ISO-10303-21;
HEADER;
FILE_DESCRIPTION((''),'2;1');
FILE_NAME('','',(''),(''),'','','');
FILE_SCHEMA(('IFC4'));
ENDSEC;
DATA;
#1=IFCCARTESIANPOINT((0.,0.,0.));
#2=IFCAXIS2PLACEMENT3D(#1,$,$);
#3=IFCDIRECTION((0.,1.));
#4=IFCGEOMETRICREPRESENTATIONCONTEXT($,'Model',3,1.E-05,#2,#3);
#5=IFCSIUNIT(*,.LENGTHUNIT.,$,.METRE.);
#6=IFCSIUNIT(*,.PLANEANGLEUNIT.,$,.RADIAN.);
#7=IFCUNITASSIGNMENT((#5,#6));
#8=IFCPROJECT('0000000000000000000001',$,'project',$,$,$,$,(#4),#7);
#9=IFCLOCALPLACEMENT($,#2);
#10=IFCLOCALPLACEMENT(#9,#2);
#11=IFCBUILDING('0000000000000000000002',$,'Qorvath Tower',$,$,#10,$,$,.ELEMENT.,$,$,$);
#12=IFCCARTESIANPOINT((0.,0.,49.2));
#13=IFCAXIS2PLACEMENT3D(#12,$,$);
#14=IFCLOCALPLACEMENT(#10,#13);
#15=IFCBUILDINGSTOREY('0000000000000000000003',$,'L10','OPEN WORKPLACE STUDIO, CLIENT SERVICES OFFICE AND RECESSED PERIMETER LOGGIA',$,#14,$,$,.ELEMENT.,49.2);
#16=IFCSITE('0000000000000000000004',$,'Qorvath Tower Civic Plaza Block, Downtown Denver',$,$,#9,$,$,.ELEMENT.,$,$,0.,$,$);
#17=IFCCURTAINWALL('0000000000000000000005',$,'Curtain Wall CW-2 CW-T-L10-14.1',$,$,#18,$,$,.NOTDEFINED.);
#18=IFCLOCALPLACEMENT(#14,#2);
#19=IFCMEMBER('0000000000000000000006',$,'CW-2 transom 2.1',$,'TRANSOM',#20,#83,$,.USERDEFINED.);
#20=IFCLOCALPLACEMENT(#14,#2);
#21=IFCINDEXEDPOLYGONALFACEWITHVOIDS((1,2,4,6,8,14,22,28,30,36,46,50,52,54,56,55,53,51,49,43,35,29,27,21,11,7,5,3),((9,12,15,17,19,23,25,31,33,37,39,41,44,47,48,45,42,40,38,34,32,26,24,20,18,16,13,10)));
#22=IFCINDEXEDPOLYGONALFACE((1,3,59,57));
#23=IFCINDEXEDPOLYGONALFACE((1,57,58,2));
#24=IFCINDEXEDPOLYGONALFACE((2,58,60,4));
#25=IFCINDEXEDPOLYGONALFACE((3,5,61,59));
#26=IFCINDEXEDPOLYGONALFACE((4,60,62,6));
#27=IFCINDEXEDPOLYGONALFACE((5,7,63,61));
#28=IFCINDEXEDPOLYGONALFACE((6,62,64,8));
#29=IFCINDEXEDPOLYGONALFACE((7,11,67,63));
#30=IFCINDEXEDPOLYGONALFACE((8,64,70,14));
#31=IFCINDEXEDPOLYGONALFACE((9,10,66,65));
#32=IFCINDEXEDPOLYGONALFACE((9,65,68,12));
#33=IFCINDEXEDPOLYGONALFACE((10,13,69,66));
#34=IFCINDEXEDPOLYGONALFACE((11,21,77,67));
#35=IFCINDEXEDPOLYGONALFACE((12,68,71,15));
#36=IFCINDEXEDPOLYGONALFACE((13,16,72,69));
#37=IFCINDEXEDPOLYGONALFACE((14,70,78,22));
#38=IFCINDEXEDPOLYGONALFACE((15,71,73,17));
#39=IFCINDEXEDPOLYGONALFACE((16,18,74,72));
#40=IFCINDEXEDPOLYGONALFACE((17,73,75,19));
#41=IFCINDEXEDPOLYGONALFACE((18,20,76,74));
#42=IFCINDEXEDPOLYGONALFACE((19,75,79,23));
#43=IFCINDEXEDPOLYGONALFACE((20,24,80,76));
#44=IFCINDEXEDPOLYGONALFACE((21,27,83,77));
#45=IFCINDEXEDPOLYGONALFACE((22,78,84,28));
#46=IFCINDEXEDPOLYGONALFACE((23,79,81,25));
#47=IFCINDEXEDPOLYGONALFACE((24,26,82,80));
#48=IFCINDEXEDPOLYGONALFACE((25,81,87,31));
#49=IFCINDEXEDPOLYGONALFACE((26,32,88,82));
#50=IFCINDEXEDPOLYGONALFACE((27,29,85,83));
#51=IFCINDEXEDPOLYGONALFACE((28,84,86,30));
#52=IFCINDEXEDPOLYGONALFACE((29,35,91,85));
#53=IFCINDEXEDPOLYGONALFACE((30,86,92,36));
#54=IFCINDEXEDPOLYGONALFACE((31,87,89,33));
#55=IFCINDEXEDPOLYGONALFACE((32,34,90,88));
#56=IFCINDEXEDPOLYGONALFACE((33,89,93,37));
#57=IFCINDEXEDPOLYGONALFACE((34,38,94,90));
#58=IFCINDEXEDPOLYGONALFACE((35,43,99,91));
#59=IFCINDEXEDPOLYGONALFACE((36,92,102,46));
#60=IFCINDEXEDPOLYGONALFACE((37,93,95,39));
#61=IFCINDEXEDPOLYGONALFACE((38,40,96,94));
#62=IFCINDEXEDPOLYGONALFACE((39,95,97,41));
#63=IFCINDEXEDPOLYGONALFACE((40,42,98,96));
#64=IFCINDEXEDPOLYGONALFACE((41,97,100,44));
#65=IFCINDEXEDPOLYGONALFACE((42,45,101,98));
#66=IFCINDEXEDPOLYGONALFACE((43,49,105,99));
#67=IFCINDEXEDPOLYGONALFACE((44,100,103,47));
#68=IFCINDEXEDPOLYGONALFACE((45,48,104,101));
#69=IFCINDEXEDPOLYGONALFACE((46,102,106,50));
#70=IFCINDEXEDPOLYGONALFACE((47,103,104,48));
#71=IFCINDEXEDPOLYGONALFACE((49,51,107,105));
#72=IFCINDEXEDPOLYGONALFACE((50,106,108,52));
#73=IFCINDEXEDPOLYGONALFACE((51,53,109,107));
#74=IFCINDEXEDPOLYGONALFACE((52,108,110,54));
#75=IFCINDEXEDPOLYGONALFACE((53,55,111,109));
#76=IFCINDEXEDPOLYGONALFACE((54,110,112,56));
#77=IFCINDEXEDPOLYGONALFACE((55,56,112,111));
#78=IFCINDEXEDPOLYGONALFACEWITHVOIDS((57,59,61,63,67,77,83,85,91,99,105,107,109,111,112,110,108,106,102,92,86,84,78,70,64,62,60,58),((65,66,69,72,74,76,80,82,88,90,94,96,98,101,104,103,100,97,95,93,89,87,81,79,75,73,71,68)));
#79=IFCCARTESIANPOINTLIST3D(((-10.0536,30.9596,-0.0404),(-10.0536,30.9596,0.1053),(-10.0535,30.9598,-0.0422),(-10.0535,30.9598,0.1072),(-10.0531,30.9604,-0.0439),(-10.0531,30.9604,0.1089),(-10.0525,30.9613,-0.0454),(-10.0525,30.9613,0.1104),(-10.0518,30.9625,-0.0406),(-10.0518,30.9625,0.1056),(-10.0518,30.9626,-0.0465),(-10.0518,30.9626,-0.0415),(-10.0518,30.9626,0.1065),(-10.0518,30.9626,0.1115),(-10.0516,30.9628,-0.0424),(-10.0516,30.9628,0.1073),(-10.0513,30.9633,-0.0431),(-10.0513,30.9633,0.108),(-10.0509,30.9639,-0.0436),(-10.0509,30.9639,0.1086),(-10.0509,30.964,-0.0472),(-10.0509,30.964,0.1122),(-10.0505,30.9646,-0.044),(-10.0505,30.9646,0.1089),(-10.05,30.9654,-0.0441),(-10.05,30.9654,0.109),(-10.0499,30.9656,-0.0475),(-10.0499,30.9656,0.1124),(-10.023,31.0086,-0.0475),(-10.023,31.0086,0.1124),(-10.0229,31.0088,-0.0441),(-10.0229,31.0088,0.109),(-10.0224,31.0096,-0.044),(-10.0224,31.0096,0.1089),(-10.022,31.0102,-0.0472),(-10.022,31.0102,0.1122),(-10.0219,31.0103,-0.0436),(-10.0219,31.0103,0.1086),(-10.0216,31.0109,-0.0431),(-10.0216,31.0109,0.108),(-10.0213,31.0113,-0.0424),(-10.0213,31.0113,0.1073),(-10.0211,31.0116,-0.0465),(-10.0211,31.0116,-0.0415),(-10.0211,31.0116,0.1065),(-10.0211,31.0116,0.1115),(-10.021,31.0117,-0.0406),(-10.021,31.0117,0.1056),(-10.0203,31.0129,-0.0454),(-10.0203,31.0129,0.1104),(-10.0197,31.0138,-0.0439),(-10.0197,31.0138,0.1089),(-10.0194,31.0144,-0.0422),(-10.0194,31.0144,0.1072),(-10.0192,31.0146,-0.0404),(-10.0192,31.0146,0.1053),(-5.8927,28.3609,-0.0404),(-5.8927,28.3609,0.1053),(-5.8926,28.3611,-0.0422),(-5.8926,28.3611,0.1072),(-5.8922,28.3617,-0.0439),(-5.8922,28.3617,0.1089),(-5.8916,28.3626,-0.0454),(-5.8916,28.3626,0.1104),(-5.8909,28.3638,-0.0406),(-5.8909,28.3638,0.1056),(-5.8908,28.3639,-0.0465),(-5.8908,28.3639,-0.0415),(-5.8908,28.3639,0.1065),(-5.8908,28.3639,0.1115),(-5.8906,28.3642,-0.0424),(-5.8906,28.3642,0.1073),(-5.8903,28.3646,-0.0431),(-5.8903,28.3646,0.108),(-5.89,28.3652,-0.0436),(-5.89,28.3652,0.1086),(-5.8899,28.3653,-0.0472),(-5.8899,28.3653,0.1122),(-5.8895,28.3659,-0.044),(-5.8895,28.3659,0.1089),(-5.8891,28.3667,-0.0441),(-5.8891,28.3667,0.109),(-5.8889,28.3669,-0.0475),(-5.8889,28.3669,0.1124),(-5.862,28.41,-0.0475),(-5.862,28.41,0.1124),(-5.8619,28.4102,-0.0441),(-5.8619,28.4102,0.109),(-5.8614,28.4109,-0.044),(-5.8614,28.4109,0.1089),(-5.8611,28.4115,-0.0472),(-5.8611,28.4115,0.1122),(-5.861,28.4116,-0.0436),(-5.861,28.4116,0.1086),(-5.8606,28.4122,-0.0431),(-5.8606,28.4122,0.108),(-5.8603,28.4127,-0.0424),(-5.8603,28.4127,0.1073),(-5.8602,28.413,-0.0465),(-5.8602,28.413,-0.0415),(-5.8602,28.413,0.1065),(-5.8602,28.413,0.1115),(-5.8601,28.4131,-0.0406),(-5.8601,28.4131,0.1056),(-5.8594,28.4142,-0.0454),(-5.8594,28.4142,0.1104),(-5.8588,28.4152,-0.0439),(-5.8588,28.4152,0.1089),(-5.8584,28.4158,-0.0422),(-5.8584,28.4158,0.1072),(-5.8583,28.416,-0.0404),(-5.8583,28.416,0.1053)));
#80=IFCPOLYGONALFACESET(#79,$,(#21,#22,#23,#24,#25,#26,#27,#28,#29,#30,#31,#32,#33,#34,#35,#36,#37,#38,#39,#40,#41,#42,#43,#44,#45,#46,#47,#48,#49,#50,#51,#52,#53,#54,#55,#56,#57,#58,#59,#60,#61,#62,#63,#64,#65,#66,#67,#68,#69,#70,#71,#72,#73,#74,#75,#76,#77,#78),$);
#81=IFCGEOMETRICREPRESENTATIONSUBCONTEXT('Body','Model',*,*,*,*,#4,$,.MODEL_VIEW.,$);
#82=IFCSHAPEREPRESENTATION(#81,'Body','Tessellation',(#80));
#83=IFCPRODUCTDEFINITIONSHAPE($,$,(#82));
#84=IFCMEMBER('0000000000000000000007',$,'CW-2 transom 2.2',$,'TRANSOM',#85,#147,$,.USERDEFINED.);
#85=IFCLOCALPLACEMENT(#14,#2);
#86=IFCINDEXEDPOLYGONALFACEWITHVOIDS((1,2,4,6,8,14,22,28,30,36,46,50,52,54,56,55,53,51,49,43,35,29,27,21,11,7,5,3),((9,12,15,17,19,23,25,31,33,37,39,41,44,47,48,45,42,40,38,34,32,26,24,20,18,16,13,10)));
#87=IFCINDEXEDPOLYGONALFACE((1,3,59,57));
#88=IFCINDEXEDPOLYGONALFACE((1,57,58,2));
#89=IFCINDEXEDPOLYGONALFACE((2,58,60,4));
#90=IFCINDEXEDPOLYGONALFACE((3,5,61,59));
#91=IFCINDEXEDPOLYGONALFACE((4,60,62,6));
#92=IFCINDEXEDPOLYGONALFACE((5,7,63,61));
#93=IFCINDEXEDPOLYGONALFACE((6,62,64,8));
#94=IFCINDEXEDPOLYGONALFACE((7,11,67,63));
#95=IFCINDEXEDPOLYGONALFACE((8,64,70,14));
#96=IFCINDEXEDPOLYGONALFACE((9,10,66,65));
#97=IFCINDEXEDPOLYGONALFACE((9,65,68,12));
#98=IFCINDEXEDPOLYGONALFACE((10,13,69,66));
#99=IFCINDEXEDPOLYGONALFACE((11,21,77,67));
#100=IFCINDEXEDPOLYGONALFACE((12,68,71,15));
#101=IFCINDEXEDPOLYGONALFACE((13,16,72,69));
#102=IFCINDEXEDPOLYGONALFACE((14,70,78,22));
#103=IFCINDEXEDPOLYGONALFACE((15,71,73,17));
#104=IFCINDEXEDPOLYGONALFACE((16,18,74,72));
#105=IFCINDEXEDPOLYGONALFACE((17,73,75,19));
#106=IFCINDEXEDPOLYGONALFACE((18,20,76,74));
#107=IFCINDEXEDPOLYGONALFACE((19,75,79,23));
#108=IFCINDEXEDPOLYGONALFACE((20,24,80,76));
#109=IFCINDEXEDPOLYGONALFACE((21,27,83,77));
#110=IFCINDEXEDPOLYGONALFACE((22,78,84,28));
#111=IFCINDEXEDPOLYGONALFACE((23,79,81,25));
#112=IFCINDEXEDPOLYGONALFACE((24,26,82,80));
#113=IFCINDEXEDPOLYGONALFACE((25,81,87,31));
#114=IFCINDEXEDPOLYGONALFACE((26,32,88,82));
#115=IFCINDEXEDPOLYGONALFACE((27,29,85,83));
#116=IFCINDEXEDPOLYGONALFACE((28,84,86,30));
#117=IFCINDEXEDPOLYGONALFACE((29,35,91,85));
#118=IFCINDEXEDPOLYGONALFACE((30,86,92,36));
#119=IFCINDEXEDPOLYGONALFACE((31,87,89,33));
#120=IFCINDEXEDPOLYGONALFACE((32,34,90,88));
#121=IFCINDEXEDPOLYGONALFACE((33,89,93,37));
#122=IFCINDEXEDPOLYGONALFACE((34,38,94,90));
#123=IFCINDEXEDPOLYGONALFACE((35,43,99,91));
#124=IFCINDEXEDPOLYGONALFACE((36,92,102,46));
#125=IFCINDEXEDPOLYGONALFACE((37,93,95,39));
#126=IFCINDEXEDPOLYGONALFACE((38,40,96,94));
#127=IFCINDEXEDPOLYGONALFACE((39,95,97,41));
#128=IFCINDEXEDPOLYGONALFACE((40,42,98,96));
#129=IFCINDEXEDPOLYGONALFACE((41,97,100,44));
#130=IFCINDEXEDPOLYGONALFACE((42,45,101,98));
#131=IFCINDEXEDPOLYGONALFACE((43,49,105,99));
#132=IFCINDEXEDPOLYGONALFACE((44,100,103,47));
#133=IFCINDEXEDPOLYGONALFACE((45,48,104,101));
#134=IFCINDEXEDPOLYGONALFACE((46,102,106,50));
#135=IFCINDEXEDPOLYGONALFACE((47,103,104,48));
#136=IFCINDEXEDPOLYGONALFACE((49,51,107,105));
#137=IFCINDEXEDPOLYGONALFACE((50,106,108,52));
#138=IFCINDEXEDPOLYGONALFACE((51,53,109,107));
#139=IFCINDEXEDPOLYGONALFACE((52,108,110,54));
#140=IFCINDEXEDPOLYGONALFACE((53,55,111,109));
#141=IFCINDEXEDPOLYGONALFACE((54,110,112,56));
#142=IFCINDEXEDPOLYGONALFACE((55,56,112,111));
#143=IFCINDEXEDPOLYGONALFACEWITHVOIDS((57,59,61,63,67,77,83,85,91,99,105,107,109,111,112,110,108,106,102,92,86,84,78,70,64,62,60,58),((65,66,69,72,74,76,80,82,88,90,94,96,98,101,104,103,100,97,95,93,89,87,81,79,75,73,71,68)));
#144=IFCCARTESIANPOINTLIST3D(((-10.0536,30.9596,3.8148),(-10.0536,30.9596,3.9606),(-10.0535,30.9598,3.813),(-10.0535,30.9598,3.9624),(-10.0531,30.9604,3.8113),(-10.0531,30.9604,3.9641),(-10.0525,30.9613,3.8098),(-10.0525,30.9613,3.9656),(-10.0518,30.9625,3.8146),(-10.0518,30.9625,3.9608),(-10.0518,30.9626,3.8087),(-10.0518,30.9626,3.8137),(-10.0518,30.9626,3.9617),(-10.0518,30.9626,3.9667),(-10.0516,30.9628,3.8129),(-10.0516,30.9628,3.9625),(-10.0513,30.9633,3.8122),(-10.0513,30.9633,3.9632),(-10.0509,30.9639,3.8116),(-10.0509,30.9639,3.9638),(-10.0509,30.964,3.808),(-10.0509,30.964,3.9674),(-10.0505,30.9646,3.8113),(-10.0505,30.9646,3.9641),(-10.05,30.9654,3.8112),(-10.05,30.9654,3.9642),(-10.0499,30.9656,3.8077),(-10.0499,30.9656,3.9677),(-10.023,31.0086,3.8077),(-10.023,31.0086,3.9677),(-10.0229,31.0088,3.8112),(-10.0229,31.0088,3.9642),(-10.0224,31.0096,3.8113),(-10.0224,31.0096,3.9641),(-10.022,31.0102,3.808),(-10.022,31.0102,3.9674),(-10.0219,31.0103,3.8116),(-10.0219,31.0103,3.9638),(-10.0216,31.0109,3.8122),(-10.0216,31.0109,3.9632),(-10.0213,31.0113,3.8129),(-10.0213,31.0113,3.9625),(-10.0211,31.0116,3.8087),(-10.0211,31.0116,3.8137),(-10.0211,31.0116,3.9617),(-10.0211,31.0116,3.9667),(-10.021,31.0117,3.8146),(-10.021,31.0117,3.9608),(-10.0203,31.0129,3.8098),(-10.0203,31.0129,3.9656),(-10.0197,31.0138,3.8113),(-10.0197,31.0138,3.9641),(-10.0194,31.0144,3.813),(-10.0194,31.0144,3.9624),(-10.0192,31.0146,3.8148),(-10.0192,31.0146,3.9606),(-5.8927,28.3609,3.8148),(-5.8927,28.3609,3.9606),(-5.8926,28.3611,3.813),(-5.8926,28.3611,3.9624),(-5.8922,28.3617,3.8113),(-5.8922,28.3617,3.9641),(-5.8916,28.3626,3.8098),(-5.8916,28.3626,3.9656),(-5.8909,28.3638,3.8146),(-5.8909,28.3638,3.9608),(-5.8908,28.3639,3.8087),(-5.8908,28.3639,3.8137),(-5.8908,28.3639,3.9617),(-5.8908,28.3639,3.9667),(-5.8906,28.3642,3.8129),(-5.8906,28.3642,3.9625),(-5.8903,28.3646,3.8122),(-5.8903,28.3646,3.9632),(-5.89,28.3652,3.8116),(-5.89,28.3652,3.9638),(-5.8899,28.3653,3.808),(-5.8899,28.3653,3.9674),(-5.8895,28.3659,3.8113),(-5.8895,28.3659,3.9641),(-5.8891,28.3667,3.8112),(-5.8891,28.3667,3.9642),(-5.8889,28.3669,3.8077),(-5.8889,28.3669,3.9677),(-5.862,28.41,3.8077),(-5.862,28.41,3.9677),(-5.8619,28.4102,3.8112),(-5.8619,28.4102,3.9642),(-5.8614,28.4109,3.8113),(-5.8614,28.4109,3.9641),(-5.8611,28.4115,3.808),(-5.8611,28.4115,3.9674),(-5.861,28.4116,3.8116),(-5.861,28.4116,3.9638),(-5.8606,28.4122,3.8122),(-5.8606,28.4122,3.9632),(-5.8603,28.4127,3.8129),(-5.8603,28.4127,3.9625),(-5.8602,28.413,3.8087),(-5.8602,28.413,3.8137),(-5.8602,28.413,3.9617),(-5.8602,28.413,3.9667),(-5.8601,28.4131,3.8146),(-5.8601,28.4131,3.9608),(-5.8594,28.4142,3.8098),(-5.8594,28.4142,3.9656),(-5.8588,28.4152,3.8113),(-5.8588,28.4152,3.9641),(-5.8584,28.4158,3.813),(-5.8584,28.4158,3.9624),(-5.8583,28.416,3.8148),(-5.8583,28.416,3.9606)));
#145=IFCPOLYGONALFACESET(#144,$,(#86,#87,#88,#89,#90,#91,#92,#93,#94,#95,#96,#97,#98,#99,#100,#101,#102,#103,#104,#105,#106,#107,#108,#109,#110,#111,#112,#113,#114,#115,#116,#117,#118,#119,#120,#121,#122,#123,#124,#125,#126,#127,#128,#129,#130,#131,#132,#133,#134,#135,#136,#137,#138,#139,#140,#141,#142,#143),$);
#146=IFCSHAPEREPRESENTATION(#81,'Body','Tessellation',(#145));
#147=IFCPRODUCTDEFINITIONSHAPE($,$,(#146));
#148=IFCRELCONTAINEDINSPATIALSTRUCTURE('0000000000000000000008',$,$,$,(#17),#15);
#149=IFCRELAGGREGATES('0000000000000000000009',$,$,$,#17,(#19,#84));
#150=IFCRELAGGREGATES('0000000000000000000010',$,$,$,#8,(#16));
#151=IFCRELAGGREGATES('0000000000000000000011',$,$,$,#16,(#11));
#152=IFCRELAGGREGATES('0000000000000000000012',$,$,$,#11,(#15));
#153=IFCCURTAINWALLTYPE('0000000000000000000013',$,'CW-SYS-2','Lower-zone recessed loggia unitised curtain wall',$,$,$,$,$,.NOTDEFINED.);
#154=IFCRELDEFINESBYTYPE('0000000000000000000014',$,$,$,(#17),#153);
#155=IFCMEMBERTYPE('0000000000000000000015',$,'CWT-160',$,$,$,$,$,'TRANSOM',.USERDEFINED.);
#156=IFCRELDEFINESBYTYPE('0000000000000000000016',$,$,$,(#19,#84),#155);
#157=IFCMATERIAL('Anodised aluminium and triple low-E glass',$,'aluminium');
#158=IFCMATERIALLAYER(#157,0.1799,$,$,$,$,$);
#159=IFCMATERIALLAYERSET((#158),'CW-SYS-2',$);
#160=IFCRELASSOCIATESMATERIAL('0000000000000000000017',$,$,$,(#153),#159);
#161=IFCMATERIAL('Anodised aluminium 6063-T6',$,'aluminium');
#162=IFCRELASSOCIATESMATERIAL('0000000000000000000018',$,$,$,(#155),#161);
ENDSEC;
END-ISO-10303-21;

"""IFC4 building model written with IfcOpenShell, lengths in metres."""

from ifc_helpers import new_model, si_unit, direction, frame, origin, origin_2d, place, context, subcontext, project, spatial, hollow_rectangle, extrude, material, layer, layer_set, material_profile, profile_set, type_object, element, aggregate, save


model = new_model("IFC4")

# Units and contexts
model_context = context("Model", 3, precision=1e-05, world=origin(), true_north=direction((0.0, 1.0)))
body_context = subcontext(model_context, "Body", "Model", "MODEL_VIEW")
ifc_project = project(units=[si_unit("LENGTHUNIT", "METRE"), si_unit("PLANEANGLEUNIT", "RADIAN")], contexts=[model_context])

# Site, building, storey
site_placement = place(None, origin())
site = spatial("IfcSite", under=ifc_project, at=site_placement, Name="Qorvath Tower Civic Plaza Block, Downtown Denver", CompositionType="ELEMENT", RefElevation=0.0)
building_placement = place(site_placement, origin())
building = spatial("IfcBuilding", under=site, at=building_placement, Name="Qorvath Tower", CompositionType="ELEMENT")
storey_placement = place(building_placement, frame((0.0, 0.0, 49.2)))
storey = spatial("IfcBuildingStorey", under=building, at=storey_placement, Name="L10", Description="OPEN WORKPLACE STUDIO, CLIENT SERVICES OFFICE AND RECESSED PERIMETER LOGGIA", CompositionType="ELEMENT", Elevation=49.2)

# Curtain wall
ifc_material_1 = material(Name="Anodised aluminium and triple low-E glass", Category="aluminium")
ifc_layer_1 = layer(ifc_material_1, 0.1799)
ifc_layer_set_1 = layer_set([ifc_layer_1], Name="CW-SYS-2")
curtain_wall_type = type_object("IfcCurtainWallType", Name="CW-SYS-2", Description="Lower-zone recessed loggia unitised curtain wall", PredefinedType="NOTDEFINED", material=ifc_layer_set_1)
curtain_wall_1_placement = place(storey_placement, origin())
curtain_wall_1 = element("IfcCurtainWall", 1, at=curtain_wall_1_placement, inside=storey, type_object=curtain_wall_type, Name="Curtain Wall CW-2 CW-T-L10-14.1", PredefinedType="NOTDEFINED")

# Members
ifc_material_2 = material(Name="Anodised aluminium 6063-T6", Category="aluminium")
ifc_material_profile_1 = material_profile(ifc_material_2, hollow_rectangle(XDim=0.0649, YDim=0.1599, WallThickness=0.0034, InnerFilletRadius=0.0034, OuterFilletRadius=0.0071, at=origin_2d()), Name="CWT 160x65")
ifc_profile_set_1 = profile_set([ifc_material_profile_1], Name="Anodised aluminium 6063-T6")
member_type_1 = type_object("IfcMemberType", Name="CWT-160", ElementType="TRANSOM", PredefinedType="USERDEFINED", material=ifc_profile_set_1)
member_1_placement = place(storey_placement, frame((-5.8755, 28.3884, 0.0325), z_axis=(-0.848174, 0.529717, 0.0), x_axis=(-0.529717, -0.848174, 0.0)))
member_1 = element("IfcMember", 2, at=member_1_placement, type_object=member_type_1, Name="CW-2 transom 2.1", ObjectType="TRANSOM", PredefinedType="USERDEFINED", context=body_context, shape_type="SweptSolid", body=[
    extrude(hollow_rectangle(XDim=0.0649, YDim=0.1599, WallThickness=0.0034, InnerFilletRadius=0.0034, OuterFilletRadius=0.0071, at=origin_2d()), origin(), (0.0, 0.0, 1.0), 4.9058),
])
member_2_placement = place(storey_placement, frame((-5.8755, 28.3884, 3.8877), z_axis=(-0.848174, 0.529717, 0.0), x_axis=(-0.529717, -0.848174, 0.0)))
member_2 = element("IfcMember", 3, at=member_2_placement, type_object=member_type_1, Name="CW-2 transom 2.2", ObjectType="TRANSOM", PredefinedType="USERDEFINED", context=body_context, shape_type="SweptSolid", body=[
    extrude(hollow_rectangle(XDim=0.0649, YDim=0.1599, WallThickness=0.0034, InnerFilletRadius=0.0034, OuterFilletRadius=0.0071, at=origin_2d()), origin(), (0.0, 0.0, 1.0), 4.9058),
])

aggregate(curtain_wall_1, [member_1, member_2])

save(model, "model.ifc")
